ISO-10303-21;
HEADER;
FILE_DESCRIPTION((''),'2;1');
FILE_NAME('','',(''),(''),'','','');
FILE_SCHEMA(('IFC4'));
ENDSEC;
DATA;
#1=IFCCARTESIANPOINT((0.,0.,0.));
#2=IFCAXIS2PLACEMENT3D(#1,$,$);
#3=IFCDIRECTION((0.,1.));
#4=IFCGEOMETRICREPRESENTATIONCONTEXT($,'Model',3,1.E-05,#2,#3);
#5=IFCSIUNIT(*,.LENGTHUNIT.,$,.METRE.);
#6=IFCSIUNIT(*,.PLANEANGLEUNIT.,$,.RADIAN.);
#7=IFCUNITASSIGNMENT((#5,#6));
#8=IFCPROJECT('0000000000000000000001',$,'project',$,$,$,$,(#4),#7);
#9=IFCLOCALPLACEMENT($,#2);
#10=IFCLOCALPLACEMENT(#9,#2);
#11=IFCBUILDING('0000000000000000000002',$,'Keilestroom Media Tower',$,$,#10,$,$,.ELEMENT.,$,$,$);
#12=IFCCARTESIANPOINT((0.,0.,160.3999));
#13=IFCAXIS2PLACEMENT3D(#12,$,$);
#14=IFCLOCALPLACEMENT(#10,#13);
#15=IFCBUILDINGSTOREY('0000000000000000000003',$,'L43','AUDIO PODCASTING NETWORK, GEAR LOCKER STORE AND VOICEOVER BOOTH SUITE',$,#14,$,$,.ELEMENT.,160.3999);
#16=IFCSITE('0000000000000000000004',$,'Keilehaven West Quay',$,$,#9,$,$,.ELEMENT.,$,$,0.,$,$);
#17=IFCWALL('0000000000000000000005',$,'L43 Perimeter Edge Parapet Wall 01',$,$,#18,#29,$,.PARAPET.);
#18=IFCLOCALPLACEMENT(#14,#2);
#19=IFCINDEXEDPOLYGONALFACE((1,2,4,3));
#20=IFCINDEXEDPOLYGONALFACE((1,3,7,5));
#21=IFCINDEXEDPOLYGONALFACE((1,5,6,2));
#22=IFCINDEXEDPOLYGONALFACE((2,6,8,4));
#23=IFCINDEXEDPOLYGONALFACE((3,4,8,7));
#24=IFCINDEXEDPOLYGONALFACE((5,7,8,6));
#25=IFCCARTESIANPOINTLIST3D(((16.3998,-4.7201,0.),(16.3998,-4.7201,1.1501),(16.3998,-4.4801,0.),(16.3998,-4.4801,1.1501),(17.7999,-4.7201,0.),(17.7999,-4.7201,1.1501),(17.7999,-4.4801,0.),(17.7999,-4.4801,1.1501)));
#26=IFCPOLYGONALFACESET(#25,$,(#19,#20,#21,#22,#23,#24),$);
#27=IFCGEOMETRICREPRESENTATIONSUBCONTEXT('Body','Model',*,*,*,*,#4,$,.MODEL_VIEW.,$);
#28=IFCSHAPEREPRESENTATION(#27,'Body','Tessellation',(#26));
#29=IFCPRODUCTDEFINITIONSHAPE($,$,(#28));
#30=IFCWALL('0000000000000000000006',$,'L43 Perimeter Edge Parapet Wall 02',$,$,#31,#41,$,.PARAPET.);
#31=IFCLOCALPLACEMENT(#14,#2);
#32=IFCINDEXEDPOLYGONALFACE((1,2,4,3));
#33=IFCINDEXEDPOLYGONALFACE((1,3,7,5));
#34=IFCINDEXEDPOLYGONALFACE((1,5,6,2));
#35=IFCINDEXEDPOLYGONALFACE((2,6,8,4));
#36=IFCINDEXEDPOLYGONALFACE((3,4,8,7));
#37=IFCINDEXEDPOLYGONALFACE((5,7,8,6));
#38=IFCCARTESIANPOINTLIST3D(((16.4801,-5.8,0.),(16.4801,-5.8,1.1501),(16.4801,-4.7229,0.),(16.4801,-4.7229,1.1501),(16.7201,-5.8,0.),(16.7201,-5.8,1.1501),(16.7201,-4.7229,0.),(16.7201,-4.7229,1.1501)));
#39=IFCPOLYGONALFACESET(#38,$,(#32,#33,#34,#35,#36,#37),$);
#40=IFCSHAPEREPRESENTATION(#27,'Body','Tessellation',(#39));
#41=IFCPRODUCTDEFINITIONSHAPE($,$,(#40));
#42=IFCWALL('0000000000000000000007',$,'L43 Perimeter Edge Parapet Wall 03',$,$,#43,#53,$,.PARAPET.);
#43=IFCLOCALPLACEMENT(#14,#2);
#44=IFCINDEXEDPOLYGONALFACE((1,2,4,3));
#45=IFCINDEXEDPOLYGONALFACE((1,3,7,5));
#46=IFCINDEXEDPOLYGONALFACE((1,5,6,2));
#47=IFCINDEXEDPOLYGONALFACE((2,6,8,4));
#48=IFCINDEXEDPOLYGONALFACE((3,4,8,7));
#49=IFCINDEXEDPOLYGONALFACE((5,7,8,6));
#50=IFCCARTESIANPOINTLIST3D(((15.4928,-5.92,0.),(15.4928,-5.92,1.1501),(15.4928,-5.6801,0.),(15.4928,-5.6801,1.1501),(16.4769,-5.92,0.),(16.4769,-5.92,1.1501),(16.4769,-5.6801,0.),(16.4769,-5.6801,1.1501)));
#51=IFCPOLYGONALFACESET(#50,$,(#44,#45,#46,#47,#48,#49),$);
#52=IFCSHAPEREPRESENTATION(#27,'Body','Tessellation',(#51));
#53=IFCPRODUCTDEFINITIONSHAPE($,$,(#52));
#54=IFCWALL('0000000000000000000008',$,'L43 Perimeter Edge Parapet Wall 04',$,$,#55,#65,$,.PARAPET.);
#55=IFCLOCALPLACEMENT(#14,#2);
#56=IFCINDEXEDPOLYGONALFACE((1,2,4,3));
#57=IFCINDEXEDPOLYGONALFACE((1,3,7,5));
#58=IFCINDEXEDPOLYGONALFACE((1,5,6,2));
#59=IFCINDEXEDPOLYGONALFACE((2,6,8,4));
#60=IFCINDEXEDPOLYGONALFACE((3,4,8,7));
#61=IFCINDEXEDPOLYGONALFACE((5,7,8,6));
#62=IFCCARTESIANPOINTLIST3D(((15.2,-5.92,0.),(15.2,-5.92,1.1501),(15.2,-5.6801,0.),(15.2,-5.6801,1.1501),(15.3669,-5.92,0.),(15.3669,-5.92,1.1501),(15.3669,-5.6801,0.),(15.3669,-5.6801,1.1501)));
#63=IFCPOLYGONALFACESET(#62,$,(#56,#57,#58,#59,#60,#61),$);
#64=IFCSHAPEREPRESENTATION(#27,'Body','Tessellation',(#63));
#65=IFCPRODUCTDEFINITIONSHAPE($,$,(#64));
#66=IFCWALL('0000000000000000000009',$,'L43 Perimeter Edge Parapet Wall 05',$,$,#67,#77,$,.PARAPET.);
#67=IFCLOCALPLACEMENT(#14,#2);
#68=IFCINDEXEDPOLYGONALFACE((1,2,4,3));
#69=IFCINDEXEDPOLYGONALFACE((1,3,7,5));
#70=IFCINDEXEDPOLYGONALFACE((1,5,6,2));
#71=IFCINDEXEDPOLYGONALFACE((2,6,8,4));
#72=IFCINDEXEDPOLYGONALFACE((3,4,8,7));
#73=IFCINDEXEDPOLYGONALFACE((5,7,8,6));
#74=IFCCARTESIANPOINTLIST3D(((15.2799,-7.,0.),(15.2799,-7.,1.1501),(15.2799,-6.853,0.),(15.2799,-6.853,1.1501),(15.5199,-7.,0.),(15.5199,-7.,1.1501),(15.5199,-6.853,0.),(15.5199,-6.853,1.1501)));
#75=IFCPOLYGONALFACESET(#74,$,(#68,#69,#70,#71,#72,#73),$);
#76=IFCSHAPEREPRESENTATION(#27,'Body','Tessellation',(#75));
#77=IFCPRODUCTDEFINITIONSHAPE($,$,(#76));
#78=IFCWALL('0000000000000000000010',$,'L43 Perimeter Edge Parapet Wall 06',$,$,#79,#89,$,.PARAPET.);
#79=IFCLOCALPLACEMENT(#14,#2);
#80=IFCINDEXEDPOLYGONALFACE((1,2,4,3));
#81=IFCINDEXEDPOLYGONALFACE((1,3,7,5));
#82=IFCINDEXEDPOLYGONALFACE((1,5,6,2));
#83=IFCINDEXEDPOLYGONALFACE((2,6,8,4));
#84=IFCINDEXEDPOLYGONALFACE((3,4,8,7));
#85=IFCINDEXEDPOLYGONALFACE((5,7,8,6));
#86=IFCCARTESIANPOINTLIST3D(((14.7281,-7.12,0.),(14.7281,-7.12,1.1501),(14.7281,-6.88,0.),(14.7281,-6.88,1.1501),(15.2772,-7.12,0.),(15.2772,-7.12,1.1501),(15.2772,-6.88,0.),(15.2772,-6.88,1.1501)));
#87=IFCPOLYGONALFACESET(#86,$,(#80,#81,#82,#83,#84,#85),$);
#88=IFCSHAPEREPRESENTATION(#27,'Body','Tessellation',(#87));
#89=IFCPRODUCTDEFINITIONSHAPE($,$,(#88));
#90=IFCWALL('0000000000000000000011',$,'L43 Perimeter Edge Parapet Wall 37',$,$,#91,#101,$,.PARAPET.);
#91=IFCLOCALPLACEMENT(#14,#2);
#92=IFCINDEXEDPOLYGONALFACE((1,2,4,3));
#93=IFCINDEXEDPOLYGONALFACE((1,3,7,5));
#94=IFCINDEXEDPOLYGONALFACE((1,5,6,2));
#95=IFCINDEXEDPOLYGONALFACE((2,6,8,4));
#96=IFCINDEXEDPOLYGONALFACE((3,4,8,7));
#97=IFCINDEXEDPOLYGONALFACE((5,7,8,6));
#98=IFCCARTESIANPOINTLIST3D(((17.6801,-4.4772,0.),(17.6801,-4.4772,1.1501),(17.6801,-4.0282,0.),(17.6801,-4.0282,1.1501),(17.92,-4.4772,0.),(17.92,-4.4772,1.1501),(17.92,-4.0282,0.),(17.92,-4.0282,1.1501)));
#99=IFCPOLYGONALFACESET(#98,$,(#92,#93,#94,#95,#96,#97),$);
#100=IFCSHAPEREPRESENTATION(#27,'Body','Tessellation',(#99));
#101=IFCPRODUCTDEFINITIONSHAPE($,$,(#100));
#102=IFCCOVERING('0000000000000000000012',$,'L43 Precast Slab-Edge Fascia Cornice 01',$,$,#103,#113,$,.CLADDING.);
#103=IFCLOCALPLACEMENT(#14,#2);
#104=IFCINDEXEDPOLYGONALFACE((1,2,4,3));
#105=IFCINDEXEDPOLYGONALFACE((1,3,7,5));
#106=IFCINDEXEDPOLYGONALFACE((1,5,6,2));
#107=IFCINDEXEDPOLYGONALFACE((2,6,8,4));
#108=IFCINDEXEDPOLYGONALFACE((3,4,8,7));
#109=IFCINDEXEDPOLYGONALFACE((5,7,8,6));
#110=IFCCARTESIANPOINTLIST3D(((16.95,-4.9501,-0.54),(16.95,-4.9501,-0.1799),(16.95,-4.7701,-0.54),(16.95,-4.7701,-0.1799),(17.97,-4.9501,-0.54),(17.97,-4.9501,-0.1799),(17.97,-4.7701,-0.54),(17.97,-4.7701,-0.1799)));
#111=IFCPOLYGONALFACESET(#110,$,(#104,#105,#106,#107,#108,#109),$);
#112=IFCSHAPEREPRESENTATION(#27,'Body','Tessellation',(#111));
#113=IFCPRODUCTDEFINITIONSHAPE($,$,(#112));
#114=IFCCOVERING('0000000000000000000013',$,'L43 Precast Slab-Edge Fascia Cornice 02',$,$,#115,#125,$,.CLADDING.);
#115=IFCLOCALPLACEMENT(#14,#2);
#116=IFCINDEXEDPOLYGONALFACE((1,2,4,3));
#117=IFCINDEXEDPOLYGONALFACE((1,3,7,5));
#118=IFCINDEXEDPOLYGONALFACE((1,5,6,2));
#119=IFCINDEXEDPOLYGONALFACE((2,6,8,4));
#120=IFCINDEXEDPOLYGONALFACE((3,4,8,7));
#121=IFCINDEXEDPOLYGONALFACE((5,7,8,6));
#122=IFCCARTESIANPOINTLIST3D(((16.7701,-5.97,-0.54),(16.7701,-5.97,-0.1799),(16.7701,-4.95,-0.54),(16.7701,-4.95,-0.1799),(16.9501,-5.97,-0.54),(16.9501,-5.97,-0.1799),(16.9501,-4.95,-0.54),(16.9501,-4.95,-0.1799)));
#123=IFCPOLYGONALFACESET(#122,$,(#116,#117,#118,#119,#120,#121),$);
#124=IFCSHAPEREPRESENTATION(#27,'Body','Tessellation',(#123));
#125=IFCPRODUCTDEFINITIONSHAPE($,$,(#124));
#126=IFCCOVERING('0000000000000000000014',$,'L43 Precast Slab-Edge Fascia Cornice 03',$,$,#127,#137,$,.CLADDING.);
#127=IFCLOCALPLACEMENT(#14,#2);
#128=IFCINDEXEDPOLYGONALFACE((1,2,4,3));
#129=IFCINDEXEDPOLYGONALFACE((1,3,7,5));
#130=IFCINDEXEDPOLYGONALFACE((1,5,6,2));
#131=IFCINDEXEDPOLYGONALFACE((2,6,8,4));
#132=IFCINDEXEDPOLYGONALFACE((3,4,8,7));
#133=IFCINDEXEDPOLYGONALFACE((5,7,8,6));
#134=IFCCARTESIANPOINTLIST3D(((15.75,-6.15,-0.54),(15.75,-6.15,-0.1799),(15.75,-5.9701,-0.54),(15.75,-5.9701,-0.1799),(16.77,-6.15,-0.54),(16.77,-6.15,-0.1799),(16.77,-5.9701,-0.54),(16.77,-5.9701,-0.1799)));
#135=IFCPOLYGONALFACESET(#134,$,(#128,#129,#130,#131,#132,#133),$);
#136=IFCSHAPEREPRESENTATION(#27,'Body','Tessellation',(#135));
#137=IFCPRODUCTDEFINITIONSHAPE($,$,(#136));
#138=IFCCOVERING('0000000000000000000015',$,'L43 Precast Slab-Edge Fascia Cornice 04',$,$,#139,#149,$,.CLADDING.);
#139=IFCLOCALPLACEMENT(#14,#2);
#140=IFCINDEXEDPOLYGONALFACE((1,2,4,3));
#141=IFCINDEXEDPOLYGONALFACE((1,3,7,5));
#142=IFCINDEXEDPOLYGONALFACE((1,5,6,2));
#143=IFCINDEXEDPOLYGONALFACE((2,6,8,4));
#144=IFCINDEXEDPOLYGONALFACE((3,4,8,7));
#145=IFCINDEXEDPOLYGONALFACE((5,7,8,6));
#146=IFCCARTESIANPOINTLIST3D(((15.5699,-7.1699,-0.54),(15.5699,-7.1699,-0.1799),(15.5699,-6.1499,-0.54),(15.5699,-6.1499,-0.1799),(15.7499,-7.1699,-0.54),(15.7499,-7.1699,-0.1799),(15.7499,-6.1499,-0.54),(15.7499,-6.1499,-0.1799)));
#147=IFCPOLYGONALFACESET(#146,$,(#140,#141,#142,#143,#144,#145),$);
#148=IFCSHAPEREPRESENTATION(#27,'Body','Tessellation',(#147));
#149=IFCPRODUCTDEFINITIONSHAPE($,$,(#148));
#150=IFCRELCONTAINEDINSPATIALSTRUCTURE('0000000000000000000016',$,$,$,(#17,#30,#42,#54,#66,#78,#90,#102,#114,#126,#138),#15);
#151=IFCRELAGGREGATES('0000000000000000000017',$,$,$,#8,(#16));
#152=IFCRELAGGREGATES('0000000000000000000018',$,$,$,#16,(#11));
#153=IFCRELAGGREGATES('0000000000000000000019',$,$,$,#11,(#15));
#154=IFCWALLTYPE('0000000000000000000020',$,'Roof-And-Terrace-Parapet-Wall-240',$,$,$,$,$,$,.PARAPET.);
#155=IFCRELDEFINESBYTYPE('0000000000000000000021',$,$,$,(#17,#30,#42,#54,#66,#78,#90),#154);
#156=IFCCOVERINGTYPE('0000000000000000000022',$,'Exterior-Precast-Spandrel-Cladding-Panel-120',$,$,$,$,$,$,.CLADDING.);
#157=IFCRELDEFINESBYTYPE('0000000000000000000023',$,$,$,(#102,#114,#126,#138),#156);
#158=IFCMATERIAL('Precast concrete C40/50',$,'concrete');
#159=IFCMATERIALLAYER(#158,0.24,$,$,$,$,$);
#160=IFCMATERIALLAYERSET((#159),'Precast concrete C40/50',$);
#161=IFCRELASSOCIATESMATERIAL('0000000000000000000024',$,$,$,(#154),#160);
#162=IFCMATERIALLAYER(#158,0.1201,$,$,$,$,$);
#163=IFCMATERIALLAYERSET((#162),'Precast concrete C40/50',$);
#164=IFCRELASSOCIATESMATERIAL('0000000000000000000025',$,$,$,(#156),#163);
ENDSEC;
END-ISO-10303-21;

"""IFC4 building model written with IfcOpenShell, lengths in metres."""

from ifc_helpers import new_model, si_unit, direction, frame, frame_2d, origin, origin_2d, place, context, subcontext, project, spatial, rectangle, extrude, source, transform, mapped, material, layer, layer_set, type_object, element, save


model = new_model("IFC4")

# Units and contexts
model_context = context("Model", 3, precision=1e-05, world=origin(), true_north=direction((0.0, 1.0)))
body_context = subcontext(model_context, "Body", "Model", "MODEL_VIEW")
ifc_project = project(units=[si_unit("LENGTHUNIT", "METRE"), si_unit("PLANEANGLEUNIT", "RADIAN")], contexts=[model_context])

# Site, building, storey
site_placement = place(None, origin())
site = spatial("IfcSite", under=ifc_project, at=site_placement, Name="Keilehaven West Quay", CompositionType="ELEMENT", RefElevation=0.0)
building_placement = place(site_placement, origin())
building = spatial("IfcBuilding", under=site, at=building_placement, Name="Keilestroom Media Tower", CompositionType="ELEMENT")
storey_placement = place(building_placement, frame((0.0, 0.0, 160.3999)))
storey = spatial("IfcBuildingStorey", under=building, at=storey_placement, Name="L43", Description="AUDIO PODCASTING NETWORK, GEAR LOCKER STORE AND VOICEOVER BOOTH SUITE", CompositionType="ELEMENT", Elevation=160.3999)

# Shared definitions
ifc_material_1 = material(Name="Precast concrete C40/50", Category="concrete")

# Walls
ifc_layer_1 = layer(ifc_material_1, 0.24)
ifc_layer_set_1 = layer_set([ifc_layer_1], Name="Precast concrete C40/50")
wall_type_1 = type_object("IfcWallType", Name="Roof-And-Terrace-Parapet-Wall-240", PredefinedType="PARAPET", material=ifc_layer_set_1)
wall_1_placement = place(storey_placement, frame((17.8, -4.6001, 0.0), z_axis=(0.0, 0.0, 1.0), x_axis=(-1.0, 0.0, 0.0)))
element("IfcWall", 1, at=wall_1_placement, inside=storey, type_object=wall_type_1, Name="L43 Perimeter Edge Parapet Wall 01", PredefinedType="PARAPET", context=body_context, shape_type="SweptSolid", body=[
    extrude(rectangle(XDim=1.4001, YDim=0.24, at=frame_2d((0.7002, 0.0))), origin(), (0.0, 0.0, 1.0), 1.1501),
])
wall_2_placement = place(storey_placement, frame((16.6001, -4.7229, 0.0), z_axis=(0.0, 0.0, 1.0), x_axis=(0.0, -1.0, 0.0)))
element("IfcWall", 2, at=wall_2_placement, inside=storey, type_object=wall_type_1, Name="L43 Perimeter Edge Parapet Wall 02", PredefinedType="PARAPET", context=body_context, shape_type="SweptSolid", body=[
    extrude(rectangle(XDim=1.0771, YDim=0.24, at=frame_2d((0.5386, 0.0))), origin(), (0.0, 0.0, 1.0), 1.1501),
])
wall_3_placement = place(storey_placement, frame((16.4771, -5.8, 0.0), z_axis=(0.0, 0.0, 1.0), x_axis=(-1.0, 0.0, 0.0)))
element("IfcWall", 3, at=wall_3_placement, inside=storey, type_object=wall_type_1, Name="L43 Perimeter Edge Parapet Wall 03", PredefinedType="PARAPET", context=body_context, shape_type="SweptSolid", body=[
    extrude(rectangle(XDim=0.9841, YDim=0.24, at=frame_2d((0.4922, 0.0))), origin(), (0.0, 0.0, 1.0), 1.1501),
])
wall_4_placement = place(storey_placement, frame((15.3669, -5.8, 0.0), z_axis=(0.0, 0.0, 1.0), x_axis=(-1.0, 0.0, 0.0)))
element("IfcWall", 4, at=wall_4_placement, inside=storey, type_object=wall_type_1, Name="L43 Perimeter Edge Parapet Wall 04", PredefinedType="PARAPET", context=body_context, shape_type="SweptSolid", body=[
    extrude(rectangle(XDim=0.167, YDim=0.24, at=frame_2d((0.0835, 0.0))), origin(), (0.0, 0.0, 1.0), 1.1501),
])
wall_5_placement = place(storey_placement, frame((15.3999, -6.853, 0.0), z_axis=(0.0, 0.0, 1.0), x_axis=(0.0, -1.0, 0.0)))
element("IfcWall", 5, at=wall_5_placement, inside=storey, type_object=wall_type_1, Name="L43 Perimeter Edge Parapet Wall 05", PredefinedType="PARAPET", context=body_context, shape_type="SweptSolid", body=[
    extrude(rectangle(XDim=0.147, YDim=0.24, at=frame_2d((0.0735, 0.0))), origin(), (0.0, 0.0, 1.0), 1.1501),
])
wall_6_placement = place(storey_placement, frame((15.2771, -7.0, 0.0), z_axis=(0.0, 0.0, 1.0), x_axis=(-1.0, 0.0, 0.0)))
element("IfcWall", 6, at=wall_6_placement, inside=storey, type_object=wall_type_1, Name="L43 Perimeter Edge Parapet Wall 06", PredefinedType="PARAPET", context=body_context, shape_type="SweptSolid", body=[
    extrude(rectangle(XDim=0.5491, YDim=0.24, at=frame_2d((0.2744, 0.0))), origin(), (0.0, 0.0, 1.0), 1.1501),
])
wall_7_placement = place(storey_placement, frame((17.8, -4.0281, 0.0), z_axis=(0.0, 0.0, 1.0), x_axis=(0.0, -1.0, 0.0)))
element("IfcWall", 7, at=wall_7_placement, inside=storey, type_object=wall_type_1, Name="L43 Perimeter Edge Parapet Wall 37", PredefinedType="PARAPET", context=body_context, shape_type="SweptSolid", body=[
    extrude(rectangle(XDim=0.449, YDim=0.24, at=frame_2d((0.2246, 0.0))), origin(), (0.0, 0.0, 1.0), 1.1501),
])

# Coverings
ifc_layer_2 = layer(ifc_material_1, 0.1201)
ifc_layer_set_2 = layer_set([ifc_layer_2], Name="Precast concrete C40/50")
covering_type = type_object("IfcCoveringType", Name="Exterior-Precast-Spandrel-Cladding-Panel-120", PredefinedType="CLADDING", material=ifc_layer_set_2)
shared_shape_1 = source(origin(), body_context, "Body", "SweptSolid", [
    extrude(rectangle(XDim=1.02, YDim=0.1799, at=origin_2d()), origin(), (0.0, 0.0, 1.0), 0.3601),
])
for number, where, z_axis, x_axis, name in (
    (8, (17.46, -4.8601, -0.54), (0.0, 0.0, 1.0), (-1.0, 0.0, 0.0), "L43 Precast Slab-Edge Fascia Cornice 01"),
    (9, (16.8601, -5.46, -0.54), (0.0, 0.0, 1.0), (0.0, -1.0, 0.0), "L43 Precast Slab-Edge Fascia Cornice 02"),
    (10, (16.26, -6.0601, -0.54), (0.0, 0.0, 1.0), (-1.0, 0.0, 0.0), "L43 Precast Slab-Edge Fascia Cornice 03"),
    (11, (15.6599, -6.6599, -0.54), (0.0, 0.0, 1.0), (0.0, -1.0, 0.0), "L43 Precast Slab-Edge Fascia Cornice 04"),
):
    element("IfcCovering", number, at=place(storey_placement, frame(where, z_axis=z_axis, x_axis=x_axis)), inside=storey, type_object=covering_type, Name=name, PredefinedType="CLADDING", context=body_context, shape_type="MappedRepresentation", body=[
        mapped(shared_shape_1, transform((0.0, 0.0, 0.0), x_axis=(1.0, 0.0, 0.0), y_axis=(0.0, 1.0, 0.0), z_axis=(0.0, 0.0, 1.0), scale=1.0)),
    ])

save(model, "model.ifc")
